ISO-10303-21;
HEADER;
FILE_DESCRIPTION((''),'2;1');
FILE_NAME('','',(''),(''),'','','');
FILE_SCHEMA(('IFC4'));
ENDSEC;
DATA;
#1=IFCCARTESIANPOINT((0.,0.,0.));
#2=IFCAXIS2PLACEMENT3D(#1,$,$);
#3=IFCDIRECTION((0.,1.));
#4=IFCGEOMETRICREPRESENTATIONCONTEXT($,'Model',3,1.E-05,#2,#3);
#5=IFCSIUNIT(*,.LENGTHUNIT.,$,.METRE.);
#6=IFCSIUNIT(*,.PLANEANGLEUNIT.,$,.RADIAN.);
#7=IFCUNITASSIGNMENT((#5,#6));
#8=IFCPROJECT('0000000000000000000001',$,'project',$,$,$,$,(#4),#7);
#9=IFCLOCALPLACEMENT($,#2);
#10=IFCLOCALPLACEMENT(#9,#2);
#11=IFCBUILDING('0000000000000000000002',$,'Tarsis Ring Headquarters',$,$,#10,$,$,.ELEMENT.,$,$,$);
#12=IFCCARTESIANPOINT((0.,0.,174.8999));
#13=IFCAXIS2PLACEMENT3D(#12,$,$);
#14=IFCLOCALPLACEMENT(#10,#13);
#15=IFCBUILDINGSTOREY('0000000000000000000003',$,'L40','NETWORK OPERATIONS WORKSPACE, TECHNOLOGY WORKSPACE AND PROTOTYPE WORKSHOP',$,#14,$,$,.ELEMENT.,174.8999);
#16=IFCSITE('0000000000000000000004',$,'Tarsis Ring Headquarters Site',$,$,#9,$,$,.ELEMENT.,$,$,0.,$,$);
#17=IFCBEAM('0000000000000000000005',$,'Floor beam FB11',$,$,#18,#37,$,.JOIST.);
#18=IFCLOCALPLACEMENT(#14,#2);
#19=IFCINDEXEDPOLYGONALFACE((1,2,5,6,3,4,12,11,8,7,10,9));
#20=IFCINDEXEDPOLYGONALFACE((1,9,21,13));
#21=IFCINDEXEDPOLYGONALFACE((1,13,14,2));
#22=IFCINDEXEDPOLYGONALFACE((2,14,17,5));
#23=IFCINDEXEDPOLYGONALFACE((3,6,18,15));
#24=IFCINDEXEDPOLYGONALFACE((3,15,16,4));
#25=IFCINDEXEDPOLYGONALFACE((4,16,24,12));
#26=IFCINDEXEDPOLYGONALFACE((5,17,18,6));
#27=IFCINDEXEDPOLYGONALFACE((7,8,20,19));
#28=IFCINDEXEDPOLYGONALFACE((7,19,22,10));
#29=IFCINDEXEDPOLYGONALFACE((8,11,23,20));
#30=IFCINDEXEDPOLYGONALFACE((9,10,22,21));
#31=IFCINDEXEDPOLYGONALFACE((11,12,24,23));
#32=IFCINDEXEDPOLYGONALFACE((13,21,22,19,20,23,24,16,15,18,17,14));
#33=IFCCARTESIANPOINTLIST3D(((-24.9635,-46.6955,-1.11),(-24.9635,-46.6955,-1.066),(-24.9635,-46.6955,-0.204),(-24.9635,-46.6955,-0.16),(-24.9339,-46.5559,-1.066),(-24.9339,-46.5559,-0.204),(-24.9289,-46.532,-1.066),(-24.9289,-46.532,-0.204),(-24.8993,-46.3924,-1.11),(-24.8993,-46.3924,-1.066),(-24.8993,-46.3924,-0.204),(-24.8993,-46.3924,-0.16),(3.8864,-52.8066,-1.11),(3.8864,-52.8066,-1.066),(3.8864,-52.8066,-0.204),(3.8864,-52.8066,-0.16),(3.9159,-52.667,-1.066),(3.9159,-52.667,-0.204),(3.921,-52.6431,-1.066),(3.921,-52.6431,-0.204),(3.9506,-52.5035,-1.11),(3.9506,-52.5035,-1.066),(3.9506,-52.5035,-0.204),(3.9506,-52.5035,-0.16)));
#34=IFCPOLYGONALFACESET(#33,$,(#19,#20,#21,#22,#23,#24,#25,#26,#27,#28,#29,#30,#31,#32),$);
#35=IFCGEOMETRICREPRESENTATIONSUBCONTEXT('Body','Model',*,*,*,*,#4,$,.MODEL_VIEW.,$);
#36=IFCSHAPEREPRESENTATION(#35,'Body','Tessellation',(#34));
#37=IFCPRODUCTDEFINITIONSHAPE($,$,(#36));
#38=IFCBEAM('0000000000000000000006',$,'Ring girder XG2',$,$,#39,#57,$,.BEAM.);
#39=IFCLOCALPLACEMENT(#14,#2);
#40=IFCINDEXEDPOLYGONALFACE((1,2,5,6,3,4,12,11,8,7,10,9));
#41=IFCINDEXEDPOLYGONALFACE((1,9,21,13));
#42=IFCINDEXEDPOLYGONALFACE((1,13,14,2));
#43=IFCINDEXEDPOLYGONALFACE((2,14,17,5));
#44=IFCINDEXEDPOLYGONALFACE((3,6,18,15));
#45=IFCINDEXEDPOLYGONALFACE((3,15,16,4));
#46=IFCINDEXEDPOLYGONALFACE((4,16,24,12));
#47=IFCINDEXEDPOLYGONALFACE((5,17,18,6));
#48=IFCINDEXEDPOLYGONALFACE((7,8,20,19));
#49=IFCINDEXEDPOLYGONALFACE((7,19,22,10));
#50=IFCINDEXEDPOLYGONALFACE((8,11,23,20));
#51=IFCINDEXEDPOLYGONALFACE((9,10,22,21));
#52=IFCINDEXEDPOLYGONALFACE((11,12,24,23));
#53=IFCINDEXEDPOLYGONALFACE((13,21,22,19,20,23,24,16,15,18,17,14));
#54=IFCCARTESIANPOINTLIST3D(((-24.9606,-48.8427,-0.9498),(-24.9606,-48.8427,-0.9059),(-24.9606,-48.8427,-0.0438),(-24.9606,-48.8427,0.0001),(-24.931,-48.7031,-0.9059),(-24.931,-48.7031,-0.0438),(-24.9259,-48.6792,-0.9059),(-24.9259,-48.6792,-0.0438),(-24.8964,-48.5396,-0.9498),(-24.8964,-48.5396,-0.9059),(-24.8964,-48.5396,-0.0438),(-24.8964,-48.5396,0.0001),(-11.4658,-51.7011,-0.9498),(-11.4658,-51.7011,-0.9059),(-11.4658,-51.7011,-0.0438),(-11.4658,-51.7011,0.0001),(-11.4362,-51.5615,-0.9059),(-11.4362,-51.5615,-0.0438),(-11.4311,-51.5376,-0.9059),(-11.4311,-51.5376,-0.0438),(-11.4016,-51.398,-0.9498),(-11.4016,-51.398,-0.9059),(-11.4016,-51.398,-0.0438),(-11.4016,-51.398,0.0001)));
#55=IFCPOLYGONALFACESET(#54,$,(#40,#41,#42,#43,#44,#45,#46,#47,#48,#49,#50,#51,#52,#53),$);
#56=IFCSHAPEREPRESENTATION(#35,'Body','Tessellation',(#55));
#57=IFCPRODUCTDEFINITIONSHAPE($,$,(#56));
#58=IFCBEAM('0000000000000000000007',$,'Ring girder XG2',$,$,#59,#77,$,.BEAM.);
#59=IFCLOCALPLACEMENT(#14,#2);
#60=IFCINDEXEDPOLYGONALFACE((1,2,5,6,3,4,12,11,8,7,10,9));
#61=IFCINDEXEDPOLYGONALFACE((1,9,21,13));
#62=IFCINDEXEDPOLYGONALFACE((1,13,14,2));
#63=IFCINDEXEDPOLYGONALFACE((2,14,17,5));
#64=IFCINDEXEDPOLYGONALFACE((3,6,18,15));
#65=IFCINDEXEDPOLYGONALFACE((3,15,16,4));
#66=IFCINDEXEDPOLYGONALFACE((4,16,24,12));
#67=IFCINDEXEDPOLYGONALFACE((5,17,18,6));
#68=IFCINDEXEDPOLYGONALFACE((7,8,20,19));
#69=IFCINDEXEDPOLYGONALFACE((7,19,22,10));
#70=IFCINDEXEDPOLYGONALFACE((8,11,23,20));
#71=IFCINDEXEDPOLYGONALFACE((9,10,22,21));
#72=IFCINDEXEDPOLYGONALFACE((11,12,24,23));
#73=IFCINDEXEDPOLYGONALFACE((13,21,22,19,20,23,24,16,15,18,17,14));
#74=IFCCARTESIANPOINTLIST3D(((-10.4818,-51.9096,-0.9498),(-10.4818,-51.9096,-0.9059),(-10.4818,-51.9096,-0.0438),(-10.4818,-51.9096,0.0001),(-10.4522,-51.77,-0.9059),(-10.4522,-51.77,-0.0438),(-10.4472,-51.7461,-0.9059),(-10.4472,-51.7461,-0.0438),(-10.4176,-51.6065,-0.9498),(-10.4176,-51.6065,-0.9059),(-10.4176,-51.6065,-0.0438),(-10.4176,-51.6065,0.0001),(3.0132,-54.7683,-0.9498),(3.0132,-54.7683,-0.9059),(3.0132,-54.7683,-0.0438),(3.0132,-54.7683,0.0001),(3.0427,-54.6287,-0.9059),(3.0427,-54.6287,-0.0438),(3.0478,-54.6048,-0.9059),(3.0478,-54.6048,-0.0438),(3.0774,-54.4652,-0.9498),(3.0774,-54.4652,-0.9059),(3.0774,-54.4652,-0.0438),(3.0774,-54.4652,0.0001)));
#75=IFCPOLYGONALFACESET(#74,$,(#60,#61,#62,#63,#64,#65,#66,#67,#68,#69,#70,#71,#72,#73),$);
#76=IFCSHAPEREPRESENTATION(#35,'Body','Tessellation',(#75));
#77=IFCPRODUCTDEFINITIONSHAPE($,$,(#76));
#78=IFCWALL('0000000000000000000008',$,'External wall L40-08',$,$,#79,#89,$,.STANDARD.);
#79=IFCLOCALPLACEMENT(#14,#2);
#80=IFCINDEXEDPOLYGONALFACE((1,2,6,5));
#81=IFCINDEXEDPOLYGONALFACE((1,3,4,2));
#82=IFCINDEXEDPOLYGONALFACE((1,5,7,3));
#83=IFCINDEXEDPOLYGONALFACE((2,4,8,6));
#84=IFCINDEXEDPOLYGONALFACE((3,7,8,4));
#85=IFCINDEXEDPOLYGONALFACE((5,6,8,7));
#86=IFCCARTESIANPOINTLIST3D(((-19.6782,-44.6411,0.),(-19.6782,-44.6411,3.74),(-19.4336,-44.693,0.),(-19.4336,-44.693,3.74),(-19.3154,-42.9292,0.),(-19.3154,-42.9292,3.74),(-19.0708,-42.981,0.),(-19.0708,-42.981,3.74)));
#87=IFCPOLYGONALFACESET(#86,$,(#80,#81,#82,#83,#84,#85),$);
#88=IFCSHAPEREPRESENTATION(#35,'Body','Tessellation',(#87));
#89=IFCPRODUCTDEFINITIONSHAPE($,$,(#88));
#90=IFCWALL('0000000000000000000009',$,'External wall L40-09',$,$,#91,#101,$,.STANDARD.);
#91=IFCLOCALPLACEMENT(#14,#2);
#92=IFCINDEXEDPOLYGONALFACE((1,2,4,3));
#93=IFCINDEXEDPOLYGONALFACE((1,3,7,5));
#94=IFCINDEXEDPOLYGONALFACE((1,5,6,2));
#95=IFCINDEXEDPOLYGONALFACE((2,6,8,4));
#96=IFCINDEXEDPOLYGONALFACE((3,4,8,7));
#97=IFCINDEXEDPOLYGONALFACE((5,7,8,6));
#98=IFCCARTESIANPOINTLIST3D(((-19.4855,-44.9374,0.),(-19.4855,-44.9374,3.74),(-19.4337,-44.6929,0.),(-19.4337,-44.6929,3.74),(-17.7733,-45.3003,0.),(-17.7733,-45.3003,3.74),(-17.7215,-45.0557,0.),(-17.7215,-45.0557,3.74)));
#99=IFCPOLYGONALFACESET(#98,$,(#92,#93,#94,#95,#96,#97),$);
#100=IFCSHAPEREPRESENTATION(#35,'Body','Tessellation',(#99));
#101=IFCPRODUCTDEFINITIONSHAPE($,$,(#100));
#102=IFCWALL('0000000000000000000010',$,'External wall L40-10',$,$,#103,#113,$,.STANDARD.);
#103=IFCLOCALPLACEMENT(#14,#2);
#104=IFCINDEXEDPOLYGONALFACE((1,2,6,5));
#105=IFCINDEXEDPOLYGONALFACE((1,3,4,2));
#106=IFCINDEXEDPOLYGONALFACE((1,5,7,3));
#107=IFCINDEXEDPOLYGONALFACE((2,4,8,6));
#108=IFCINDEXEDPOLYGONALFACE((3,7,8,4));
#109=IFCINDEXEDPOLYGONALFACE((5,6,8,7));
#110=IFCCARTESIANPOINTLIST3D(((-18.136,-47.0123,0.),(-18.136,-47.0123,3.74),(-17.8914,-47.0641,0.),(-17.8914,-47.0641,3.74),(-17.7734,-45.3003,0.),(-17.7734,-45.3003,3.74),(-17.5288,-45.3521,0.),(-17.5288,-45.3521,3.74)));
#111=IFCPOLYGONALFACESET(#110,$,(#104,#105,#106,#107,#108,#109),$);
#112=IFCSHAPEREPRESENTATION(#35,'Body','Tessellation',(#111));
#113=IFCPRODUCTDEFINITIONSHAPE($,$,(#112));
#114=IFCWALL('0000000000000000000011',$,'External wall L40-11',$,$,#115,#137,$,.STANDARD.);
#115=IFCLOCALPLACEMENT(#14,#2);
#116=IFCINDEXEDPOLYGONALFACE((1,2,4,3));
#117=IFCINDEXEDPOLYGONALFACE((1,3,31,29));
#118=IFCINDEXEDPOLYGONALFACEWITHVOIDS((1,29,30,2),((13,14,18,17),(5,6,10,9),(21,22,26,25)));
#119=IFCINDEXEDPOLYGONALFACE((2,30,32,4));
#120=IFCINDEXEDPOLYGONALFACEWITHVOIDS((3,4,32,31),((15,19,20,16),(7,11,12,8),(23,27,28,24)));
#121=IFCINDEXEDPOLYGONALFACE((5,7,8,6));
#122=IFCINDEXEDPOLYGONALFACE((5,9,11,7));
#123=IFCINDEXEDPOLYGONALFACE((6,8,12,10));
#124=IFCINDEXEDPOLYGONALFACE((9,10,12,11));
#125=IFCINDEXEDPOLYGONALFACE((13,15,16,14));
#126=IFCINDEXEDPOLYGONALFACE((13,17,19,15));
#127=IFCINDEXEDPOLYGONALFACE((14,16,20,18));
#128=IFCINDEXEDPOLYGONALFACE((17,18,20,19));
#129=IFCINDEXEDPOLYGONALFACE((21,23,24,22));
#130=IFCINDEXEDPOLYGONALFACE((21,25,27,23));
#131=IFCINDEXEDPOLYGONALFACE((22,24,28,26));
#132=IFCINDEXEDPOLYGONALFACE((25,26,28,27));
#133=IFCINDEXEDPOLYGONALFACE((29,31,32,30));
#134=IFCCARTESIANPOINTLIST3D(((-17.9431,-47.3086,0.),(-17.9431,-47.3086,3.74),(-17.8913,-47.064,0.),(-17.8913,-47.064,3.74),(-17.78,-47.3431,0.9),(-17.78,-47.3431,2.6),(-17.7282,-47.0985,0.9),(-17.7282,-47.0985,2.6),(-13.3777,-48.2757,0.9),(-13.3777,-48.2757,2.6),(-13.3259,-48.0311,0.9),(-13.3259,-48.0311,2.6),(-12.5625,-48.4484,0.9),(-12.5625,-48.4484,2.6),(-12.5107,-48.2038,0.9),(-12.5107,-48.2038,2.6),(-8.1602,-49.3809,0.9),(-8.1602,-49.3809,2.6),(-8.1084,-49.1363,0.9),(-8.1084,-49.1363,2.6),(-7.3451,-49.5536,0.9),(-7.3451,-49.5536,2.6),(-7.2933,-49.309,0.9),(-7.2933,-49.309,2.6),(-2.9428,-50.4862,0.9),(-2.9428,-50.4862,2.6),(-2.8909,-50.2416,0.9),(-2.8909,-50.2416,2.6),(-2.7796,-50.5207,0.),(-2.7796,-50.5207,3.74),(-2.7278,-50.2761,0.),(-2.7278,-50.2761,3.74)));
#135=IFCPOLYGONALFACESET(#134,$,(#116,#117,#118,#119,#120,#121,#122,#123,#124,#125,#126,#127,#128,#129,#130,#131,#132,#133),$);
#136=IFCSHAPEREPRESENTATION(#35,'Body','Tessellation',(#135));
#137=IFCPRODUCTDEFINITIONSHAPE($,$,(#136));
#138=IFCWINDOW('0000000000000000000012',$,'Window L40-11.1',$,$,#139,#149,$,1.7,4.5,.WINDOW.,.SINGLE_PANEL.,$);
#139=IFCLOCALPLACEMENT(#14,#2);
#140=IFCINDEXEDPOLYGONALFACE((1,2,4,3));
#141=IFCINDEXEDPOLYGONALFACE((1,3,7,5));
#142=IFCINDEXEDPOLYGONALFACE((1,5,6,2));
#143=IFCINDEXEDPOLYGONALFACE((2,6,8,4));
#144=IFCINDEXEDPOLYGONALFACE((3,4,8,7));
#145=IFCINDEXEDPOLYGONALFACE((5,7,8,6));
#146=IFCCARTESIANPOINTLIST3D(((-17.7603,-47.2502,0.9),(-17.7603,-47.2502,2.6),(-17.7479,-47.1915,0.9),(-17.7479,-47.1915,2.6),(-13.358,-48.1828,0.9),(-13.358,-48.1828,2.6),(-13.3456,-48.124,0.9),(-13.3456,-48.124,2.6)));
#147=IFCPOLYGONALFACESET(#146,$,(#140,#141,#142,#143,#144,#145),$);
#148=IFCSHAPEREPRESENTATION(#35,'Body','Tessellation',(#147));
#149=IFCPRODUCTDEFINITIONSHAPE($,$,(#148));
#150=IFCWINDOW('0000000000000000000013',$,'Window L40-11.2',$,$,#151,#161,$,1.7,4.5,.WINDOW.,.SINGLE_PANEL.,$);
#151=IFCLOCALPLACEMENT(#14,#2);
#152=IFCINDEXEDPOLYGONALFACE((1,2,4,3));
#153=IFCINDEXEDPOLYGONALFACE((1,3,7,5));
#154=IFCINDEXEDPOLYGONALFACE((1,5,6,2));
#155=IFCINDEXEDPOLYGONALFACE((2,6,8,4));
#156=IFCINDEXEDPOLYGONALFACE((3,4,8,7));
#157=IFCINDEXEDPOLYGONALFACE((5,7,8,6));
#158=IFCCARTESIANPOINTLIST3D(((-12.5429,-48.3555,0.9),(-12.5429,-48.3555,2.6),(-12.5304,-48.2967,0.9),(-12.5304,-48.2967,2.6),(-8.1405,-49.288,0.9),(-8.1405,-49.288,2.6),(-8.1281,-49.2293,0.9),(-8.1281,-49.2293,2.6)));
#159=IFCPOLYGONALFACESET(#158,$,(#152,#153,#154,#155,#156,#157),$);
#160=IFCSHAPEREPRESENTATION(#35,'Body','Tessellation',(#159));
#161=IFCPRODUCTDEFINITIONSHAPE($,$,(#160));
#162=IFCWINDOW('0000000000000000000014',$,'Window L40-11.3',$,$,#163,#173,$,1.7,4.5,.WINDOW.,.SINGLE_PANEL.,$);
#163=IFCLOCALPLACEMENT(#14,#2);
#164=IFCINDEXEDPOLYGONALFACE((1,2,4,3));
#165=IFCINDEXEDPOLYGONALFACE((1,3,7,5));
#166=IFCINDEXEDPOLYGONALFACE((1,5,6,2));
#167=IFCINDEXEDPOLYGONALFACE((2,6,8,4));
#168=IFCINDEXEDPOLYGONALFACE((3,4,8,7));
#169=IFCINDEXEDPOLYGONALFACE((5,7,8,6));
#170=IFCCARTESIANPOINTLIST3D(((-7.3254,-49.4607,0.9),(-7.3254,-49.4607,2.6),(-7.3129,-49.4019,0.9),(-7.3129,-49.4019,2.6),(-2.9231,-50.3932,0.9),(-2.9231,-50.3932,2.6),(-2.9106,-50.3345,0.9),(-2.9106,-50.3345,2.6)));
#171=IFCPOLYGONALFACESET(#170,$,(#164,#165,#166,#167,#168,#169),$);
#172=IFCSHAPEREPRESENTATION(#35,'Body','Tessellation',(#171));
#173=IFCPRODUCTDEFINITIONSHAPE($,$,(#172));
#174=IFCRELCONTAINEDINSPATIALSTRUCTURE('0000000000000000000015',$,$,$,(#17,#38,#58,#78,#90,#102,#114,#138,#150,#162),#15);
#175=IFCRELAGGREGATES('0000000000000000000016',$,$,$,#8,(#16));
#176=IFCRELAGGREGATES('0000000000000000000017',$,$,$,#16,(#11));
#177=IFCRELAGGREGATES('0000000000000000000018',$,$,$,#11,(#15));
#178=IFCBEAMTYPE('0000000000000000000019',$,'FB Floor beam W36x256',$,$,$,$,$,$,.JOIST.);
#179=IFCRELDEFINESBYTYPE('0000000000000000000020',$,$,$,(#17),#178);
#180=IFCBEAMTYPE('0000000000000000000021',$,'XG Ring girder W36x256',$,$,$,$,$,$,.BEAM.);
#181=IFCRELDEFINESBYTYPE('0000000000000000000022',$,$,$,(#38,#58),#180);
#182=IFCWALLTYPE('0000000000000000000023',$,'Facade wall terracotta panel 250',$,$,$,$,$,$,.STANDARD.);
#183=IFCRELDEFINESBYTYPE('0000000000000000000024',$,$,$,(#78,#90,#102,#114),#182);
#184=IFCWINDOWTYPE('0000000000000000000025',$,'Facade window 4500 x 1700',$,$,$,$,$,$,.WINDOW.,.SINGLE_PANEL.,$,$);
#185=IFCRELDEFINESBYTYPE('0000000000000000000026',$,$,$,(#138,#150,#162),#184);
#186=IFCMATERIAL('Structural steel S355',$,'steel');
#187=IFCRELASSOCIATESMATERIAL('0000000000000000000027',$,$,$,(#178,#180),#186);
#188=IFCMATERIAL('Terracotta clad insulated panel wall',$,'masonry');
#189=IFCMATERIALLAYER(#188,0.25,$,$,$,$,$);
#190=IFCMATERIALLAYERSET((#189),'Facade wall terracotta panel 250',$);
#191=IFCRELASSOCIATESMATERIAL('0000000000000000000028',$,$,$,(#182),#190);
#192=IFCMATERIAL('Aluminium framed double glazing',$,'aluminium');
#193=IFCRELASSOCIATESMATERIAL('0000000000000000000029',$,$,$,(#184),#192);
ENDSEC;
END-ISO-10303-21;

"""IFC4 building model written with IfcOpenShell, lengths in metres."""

from ifc_helpers import new_model, si_unit, direction, frame, frame_2d, origin, origin_2d, place, context, subcontext, project, spatial, rectangle, i_section, extrude, material, layer, layer_set, material_profile, profile_set, type_object, element, fill, save


model = new_model("IFC4")

# Units and contexts
model_context = context("Model", 3, precision=1e-05, world=origin(), true_north=direction((0.0, 1.0)))
body_context = subcontext(model_context, "Body", "Model", "MODEL_VIEW")
ifc_project = project(units=[si_unit("LENGTHUNIT", "METRE"), si_unit("PLANEANGLEUNIT", "RADIAN")], contexts=[model_context])

# Site, building, storey
site_placement = place(None, origin())
site = spatial("IfcSite", under=ifc_project, at=site_placement, Name="Tarsis Ring Headquarters Site", CompositionType="ELEMENT", RefElevation=0.0)
building_placement = place(site_placement, origin())
building = spatial("IfcBuilding", under=site, at=building_placement, Name="Tarsis Ring Headquarters", CompositionType="ELEMENT")
storey_placement = place(building_placement, frame((0.0, 0.0, 174.8999)))
storey = spatial("IfcBuildingStorey", under=building, at=storey_placement, Name="L40", Description="NETWORK OPERATIONS WORKSPACE, TECHNOLOGY WORKSPACE AND PROTOTYPE WORKSHOP", CompositionType="ELEMENT", Elevation=174.8999)

# Shared definitions
ifc_material_1 = material(Name="Structural steel S355", Category="steel")

# Beams
ifc_material_profile_1 = material_profile(ifc_material_1, i_section(OverallWidth=0.3098, OverallDepth=0.95, WebThickness=0.0244, FlangeThickness=0.0439, at=origin_2d()), Name="W36x256")
ifc_profile_set_1 = profile_set([ifc_material_profile_1], Name="Structural steel S355")
beam_type_1 = type_object("IfcBeamType", Name="FB Floor beam W36x256", PredefinedType="JOIST", material=ifc_profile_set_1)
for number, where, z_axis, x_axis, name in (
    (1, (-24.9314, -46.5439, -0.635), (0.978293, -0.207226, 0.0), (0.207226, 0.978293, 0.0), "Floor beam FB11"),
):
    element("IfcBeam", number, at=place(storey_placement, frame(where, z_axis=z_axis, x_axis=x_axis)), inside=storey, type_object=beam_type_1, Name=name, PredefinedType="JOIST", context=body_context, shape_type="SweptSolid", body=[
        extrude(i_section(OverallWidth=0.3098, OverallDepth=0.95, WebThickness=0.0244, FlangeThickness=0.0439, at=origin_2d()), origin(), (0.0, 0.0, 1.0), 29.49),
    ])
beam_type_2 = type_object("IfcBeamType", Name="XG Ring girder W36x256", PredefinedType="BEAM", material=ifc_profile_set_1)
beam_1_placement = place(storey_placement, frame((-24.9285, -48.6912, -0.4749), z_axis=(0.978295, -0.207216, 0.0), x_axis=(0.207216, 0.978295, 0.0)))
element("IfcBeam", 2, at=beam_1_placement, inside=storey, type_object=beam_type_2, Name="Ring girder XG2", PredefinedType="BEAM", context=body_context, shape_type="SweptSolid", body=[
    extrude(i_section(OverallWidth=0.3098, OverallDepth=0.95, WebThickness=0.0244, FlangeThickness=0.0439, at=origin_2d()), origin(), (0.0, 0.0, 1.0), 13.7942),
])
beam_2_placement = place(storey_placement, frame((-10.4497, -51.7581, -0.4749), z_axis=(0.978292, -0.207233, 0.0), x_axis=(0.207233, 0.978292, 0.0)))
element("IfcBeam", 3, at=beam_2_placement, inside=storey, type_object=beam_type_2, Name="Ring girder XG2", PredefinedType="BEAM", context=body_context, shape_type="SweptSolid", body=[
    extrude(i_section(OverallWidth=0.3098, OverallDepth=0.95, WebThickness=0.0244, FlangeThickness=0.0439, at=origin_2d()), origin(), (0.0, 0.0, 1.0), 13.7944),
])

# Walls
ifc_material_2 = material(Name="Terracotta clad insulated panel wall", Category="masonry")
ifc_layer = layer(ifc_material_2, 0.25)
ifc_layer_set = layer_set([ifc_layer], Name="Facade wall terracotta panel 250")
wall_type = type_object("IfcWallType", Name="Facade wall terracotta panel 250", PredefinedType="STANDARD", material=ifc_layer_set)
wall_1_placement = place(storey_placement, frame((-19.1931, -42.9551, 0.0), z_axis=(0.0, 0.0, 1.0), x_axis=(-0.207318, -0.978274, 0.0)))
element("IfcWall", 4, at=wall_1_placement, inside=storey, type_object=wall_type, Name="External wall L40-08", PredefinedType="STANDARD", context=body_context, shape_type="SweptSolid", body=[
    extrude(rectangle(XDim=1.75, YDim=0.25, at=frame_2d((0.875, 0.0))), origin(), (0.0, 0.0, 1.0), 3.74),
])
wall_2_placement = place(storey_placement, frame((-19.4595, -44.8152, 0.0), z_axis=(0.0, 0.0, 1.0), x_axis=(0.97828, -0.20729, 0.0)))
element("IfcWall", 5, at=wall_2_placement, inside=storey, type_object=wall_type, Name="External wall L40-09", PredefinedType="STANDARD", context=body_context, shape_type="SweptSolid", body=[
    extrude(rectangle(XDim=1.7502, YDim=0.25, at=frame_2d((0.875, 0.0))), origin(), (0.0, 0.0, 1.0), 3.74),
])
wall_3_placement = place(storey_placement, frame((-17.6511, -45.3262, 0.0), z_axis=(0.0, 0.0, 1.0), x_axis=(-0.207185, -0.978302, 0.0)))
element("IfcWall", 6, at=wall_3_placement, inside=storey, type_object=wall_type, Name="External wall L40-10", PredefinedType="STANDARD", context=body_context, shape_type="SweptSolid", body=[
    extrude(rectangle(XDim=1.75, YDim=0.25, at=frame_2d((0.875, 0.0))), origin(), (0.0, 0.0, 1.0), 3.74),
])

# Wall, openings, windows
wall_4_placement = place(storey_placement, frame((-17.9172, -47.1863, 0.0), z_axis=(0.0, 0.0, 1.0), x_axis=(0.978291, -0.207235, 0.0)))
wall_4 = element("IfcWall", 7, at=wall_4_placement, inside=storey, type_object=wall_type, Name="External wall L40-11", PredefinedType="STANDARD", context=body_context, shape_type="SweptSolid", body=[
    extrude(rectangle(XDim=15.5, YDim=0.25, at=frame_2d((7.75, 0.0))), origin(), (0.0, 0.0, 1.0), 3.74),
])
opening_1_placement = place(wall_4_placement, frame((0.1667, 0.0, 0.8999)))
opening_1 = element("IfcOpeningElement", 8, at=opening_1_placement, cuts=wall_4, PredefinedType="OPENING", context=body_context, shape_type="SweptSolid", body=[
    extrude(rectangle(XDim=4.5, YDim=1.7, at=frame_2d((2.25, 0.8501))), frame((0.0, 0.135, 0.0), z_axis=(0.0, -1.0, 0.0), x_axis=(1.0, 0.0, 0.0)), (0.0, 0.0, 1.0), 0.27),
])
opening_2_placement = place(wall_4_placement, frame((5.5, 0.0, 0.8999)))
opening_2 = element("IfcOpeningElement", 9, at=opening_2_placement, cuts=wall_4, PredefinedType="OPENING", context=body_context, shape_type="SweptSolid", body=[
    extrude(rectangle(XDim=4.5, YDim=1.7, at=frame_2d((2.25, 0.8501))), frame((0.0, 0.135, 0.0), z_axis=(0.0, -1.0, 0.0), x_axis=(1.0, 0.0, 0.0)), (0.0, 0.0, 1.0), 0.27),
])
opening_3_placement = place(wall_4_placement, frame((10.8333, 0.0, 0.8999)))
opening_3 = element("IfcOpeningElement", 10, at=opening_3_placement, cuts=wall_4, PredefinedType="OPENING", context=body_context, shape_type="SweptSolid", body=[
    extrude(rectangle(XDim=4.5, YDim=1.7, at=frame_2d((2.25, 0.8501))), frame((0.0, 0.135, 0.0), z_axis=(0.0, -1.0, 0.0), x_axis=(1.0, 0.0, 0.0)), (0.0, 0.0, 1.0), 0.27),
])
ifc_material_3 = material(Name="Aluminium framed double glazing", Category="aluminium")
window_type = type_object("IfcWindowType", Name="Facade window 4500 x 1700", PartitioningType="SINGLE_PANEL", PredefinedType="WINDOW", material=ifc_material_3)
window_1_placement = place(opening_1_placement, origin())
window_1 = element("IfcWindow", 11, at=window_1_placement, inside=storey, type_object=window_type, Name="Window L40-11.1", OverallHeight=1.7, OverallWidth=4.5, PartitioningType="SINGLE_PANEL", PredefinedType="WINDOW", context=body_context, shape_type="SweptSolid", body=[
    extrude(rectangle(XDim=4.5, YDim=1.7, at=frame_2d((2.25, 0.8501))), frame((0.0, 0.03, 0.0), z_axis=(0.0, -1.0, 0.0), x_axis=(1.0, 0.0, 0.0)), (0.0, 0.0, 1.0), 0.0601),
])
fill(opening_1, window_1)
window_2_placement = place(opening_2_placement, origin())
window_2 = element("IfcWindow", 12, at=window_2_placement, inside=storey, type_object=window_type, Name="Window L40-11.2", OverallHeight=1.7, OverallWidth=4.5, PartitioningType="SINGLE_PANEL", PredefinedType="WINDOW", context=body_context, shape_type="SweptSolid", body=[
    extrude(rectangle(XDim=4.5, YDim=1.7, at=frame_2d((2.25, 0.8501))), frame((0.0, 0.03, 0.0), z_axis=(0.0, -1.0, 0.0), x_axis=(1.0, 0.0, 0.0)), (0.0, 0.0, 1.0), 0.0601),
])
fill(opening_2, window_2)
window_3_placement = place(opening_3_placement, origin())
window_3 = element("IfcWindow", 13, at=window_3_placement, inside=storey, type_object=window_type, Name="Window L40-11.3", OverallHeight=1.7, OverallWidth=4.5, PartitioningType="SINGLE_PANEL", PredefinedType="WINDOW", context=body_context, shape_type="SweptSolid", body=[
    extrude(rectangle(XDim=4.5, YDim=1.7, at=frame_2d((2.25, 0.8501))), frame((0.0, 0.03, 0.0), z_axis=(0.0, -1.0, 0.0), x_axis=(1.0, 0.0, 0.0)), (0.0, 0.0, 1.0), 0.0601),
])
fill(opening_3, window_3)

save(model, "model.ifc")
